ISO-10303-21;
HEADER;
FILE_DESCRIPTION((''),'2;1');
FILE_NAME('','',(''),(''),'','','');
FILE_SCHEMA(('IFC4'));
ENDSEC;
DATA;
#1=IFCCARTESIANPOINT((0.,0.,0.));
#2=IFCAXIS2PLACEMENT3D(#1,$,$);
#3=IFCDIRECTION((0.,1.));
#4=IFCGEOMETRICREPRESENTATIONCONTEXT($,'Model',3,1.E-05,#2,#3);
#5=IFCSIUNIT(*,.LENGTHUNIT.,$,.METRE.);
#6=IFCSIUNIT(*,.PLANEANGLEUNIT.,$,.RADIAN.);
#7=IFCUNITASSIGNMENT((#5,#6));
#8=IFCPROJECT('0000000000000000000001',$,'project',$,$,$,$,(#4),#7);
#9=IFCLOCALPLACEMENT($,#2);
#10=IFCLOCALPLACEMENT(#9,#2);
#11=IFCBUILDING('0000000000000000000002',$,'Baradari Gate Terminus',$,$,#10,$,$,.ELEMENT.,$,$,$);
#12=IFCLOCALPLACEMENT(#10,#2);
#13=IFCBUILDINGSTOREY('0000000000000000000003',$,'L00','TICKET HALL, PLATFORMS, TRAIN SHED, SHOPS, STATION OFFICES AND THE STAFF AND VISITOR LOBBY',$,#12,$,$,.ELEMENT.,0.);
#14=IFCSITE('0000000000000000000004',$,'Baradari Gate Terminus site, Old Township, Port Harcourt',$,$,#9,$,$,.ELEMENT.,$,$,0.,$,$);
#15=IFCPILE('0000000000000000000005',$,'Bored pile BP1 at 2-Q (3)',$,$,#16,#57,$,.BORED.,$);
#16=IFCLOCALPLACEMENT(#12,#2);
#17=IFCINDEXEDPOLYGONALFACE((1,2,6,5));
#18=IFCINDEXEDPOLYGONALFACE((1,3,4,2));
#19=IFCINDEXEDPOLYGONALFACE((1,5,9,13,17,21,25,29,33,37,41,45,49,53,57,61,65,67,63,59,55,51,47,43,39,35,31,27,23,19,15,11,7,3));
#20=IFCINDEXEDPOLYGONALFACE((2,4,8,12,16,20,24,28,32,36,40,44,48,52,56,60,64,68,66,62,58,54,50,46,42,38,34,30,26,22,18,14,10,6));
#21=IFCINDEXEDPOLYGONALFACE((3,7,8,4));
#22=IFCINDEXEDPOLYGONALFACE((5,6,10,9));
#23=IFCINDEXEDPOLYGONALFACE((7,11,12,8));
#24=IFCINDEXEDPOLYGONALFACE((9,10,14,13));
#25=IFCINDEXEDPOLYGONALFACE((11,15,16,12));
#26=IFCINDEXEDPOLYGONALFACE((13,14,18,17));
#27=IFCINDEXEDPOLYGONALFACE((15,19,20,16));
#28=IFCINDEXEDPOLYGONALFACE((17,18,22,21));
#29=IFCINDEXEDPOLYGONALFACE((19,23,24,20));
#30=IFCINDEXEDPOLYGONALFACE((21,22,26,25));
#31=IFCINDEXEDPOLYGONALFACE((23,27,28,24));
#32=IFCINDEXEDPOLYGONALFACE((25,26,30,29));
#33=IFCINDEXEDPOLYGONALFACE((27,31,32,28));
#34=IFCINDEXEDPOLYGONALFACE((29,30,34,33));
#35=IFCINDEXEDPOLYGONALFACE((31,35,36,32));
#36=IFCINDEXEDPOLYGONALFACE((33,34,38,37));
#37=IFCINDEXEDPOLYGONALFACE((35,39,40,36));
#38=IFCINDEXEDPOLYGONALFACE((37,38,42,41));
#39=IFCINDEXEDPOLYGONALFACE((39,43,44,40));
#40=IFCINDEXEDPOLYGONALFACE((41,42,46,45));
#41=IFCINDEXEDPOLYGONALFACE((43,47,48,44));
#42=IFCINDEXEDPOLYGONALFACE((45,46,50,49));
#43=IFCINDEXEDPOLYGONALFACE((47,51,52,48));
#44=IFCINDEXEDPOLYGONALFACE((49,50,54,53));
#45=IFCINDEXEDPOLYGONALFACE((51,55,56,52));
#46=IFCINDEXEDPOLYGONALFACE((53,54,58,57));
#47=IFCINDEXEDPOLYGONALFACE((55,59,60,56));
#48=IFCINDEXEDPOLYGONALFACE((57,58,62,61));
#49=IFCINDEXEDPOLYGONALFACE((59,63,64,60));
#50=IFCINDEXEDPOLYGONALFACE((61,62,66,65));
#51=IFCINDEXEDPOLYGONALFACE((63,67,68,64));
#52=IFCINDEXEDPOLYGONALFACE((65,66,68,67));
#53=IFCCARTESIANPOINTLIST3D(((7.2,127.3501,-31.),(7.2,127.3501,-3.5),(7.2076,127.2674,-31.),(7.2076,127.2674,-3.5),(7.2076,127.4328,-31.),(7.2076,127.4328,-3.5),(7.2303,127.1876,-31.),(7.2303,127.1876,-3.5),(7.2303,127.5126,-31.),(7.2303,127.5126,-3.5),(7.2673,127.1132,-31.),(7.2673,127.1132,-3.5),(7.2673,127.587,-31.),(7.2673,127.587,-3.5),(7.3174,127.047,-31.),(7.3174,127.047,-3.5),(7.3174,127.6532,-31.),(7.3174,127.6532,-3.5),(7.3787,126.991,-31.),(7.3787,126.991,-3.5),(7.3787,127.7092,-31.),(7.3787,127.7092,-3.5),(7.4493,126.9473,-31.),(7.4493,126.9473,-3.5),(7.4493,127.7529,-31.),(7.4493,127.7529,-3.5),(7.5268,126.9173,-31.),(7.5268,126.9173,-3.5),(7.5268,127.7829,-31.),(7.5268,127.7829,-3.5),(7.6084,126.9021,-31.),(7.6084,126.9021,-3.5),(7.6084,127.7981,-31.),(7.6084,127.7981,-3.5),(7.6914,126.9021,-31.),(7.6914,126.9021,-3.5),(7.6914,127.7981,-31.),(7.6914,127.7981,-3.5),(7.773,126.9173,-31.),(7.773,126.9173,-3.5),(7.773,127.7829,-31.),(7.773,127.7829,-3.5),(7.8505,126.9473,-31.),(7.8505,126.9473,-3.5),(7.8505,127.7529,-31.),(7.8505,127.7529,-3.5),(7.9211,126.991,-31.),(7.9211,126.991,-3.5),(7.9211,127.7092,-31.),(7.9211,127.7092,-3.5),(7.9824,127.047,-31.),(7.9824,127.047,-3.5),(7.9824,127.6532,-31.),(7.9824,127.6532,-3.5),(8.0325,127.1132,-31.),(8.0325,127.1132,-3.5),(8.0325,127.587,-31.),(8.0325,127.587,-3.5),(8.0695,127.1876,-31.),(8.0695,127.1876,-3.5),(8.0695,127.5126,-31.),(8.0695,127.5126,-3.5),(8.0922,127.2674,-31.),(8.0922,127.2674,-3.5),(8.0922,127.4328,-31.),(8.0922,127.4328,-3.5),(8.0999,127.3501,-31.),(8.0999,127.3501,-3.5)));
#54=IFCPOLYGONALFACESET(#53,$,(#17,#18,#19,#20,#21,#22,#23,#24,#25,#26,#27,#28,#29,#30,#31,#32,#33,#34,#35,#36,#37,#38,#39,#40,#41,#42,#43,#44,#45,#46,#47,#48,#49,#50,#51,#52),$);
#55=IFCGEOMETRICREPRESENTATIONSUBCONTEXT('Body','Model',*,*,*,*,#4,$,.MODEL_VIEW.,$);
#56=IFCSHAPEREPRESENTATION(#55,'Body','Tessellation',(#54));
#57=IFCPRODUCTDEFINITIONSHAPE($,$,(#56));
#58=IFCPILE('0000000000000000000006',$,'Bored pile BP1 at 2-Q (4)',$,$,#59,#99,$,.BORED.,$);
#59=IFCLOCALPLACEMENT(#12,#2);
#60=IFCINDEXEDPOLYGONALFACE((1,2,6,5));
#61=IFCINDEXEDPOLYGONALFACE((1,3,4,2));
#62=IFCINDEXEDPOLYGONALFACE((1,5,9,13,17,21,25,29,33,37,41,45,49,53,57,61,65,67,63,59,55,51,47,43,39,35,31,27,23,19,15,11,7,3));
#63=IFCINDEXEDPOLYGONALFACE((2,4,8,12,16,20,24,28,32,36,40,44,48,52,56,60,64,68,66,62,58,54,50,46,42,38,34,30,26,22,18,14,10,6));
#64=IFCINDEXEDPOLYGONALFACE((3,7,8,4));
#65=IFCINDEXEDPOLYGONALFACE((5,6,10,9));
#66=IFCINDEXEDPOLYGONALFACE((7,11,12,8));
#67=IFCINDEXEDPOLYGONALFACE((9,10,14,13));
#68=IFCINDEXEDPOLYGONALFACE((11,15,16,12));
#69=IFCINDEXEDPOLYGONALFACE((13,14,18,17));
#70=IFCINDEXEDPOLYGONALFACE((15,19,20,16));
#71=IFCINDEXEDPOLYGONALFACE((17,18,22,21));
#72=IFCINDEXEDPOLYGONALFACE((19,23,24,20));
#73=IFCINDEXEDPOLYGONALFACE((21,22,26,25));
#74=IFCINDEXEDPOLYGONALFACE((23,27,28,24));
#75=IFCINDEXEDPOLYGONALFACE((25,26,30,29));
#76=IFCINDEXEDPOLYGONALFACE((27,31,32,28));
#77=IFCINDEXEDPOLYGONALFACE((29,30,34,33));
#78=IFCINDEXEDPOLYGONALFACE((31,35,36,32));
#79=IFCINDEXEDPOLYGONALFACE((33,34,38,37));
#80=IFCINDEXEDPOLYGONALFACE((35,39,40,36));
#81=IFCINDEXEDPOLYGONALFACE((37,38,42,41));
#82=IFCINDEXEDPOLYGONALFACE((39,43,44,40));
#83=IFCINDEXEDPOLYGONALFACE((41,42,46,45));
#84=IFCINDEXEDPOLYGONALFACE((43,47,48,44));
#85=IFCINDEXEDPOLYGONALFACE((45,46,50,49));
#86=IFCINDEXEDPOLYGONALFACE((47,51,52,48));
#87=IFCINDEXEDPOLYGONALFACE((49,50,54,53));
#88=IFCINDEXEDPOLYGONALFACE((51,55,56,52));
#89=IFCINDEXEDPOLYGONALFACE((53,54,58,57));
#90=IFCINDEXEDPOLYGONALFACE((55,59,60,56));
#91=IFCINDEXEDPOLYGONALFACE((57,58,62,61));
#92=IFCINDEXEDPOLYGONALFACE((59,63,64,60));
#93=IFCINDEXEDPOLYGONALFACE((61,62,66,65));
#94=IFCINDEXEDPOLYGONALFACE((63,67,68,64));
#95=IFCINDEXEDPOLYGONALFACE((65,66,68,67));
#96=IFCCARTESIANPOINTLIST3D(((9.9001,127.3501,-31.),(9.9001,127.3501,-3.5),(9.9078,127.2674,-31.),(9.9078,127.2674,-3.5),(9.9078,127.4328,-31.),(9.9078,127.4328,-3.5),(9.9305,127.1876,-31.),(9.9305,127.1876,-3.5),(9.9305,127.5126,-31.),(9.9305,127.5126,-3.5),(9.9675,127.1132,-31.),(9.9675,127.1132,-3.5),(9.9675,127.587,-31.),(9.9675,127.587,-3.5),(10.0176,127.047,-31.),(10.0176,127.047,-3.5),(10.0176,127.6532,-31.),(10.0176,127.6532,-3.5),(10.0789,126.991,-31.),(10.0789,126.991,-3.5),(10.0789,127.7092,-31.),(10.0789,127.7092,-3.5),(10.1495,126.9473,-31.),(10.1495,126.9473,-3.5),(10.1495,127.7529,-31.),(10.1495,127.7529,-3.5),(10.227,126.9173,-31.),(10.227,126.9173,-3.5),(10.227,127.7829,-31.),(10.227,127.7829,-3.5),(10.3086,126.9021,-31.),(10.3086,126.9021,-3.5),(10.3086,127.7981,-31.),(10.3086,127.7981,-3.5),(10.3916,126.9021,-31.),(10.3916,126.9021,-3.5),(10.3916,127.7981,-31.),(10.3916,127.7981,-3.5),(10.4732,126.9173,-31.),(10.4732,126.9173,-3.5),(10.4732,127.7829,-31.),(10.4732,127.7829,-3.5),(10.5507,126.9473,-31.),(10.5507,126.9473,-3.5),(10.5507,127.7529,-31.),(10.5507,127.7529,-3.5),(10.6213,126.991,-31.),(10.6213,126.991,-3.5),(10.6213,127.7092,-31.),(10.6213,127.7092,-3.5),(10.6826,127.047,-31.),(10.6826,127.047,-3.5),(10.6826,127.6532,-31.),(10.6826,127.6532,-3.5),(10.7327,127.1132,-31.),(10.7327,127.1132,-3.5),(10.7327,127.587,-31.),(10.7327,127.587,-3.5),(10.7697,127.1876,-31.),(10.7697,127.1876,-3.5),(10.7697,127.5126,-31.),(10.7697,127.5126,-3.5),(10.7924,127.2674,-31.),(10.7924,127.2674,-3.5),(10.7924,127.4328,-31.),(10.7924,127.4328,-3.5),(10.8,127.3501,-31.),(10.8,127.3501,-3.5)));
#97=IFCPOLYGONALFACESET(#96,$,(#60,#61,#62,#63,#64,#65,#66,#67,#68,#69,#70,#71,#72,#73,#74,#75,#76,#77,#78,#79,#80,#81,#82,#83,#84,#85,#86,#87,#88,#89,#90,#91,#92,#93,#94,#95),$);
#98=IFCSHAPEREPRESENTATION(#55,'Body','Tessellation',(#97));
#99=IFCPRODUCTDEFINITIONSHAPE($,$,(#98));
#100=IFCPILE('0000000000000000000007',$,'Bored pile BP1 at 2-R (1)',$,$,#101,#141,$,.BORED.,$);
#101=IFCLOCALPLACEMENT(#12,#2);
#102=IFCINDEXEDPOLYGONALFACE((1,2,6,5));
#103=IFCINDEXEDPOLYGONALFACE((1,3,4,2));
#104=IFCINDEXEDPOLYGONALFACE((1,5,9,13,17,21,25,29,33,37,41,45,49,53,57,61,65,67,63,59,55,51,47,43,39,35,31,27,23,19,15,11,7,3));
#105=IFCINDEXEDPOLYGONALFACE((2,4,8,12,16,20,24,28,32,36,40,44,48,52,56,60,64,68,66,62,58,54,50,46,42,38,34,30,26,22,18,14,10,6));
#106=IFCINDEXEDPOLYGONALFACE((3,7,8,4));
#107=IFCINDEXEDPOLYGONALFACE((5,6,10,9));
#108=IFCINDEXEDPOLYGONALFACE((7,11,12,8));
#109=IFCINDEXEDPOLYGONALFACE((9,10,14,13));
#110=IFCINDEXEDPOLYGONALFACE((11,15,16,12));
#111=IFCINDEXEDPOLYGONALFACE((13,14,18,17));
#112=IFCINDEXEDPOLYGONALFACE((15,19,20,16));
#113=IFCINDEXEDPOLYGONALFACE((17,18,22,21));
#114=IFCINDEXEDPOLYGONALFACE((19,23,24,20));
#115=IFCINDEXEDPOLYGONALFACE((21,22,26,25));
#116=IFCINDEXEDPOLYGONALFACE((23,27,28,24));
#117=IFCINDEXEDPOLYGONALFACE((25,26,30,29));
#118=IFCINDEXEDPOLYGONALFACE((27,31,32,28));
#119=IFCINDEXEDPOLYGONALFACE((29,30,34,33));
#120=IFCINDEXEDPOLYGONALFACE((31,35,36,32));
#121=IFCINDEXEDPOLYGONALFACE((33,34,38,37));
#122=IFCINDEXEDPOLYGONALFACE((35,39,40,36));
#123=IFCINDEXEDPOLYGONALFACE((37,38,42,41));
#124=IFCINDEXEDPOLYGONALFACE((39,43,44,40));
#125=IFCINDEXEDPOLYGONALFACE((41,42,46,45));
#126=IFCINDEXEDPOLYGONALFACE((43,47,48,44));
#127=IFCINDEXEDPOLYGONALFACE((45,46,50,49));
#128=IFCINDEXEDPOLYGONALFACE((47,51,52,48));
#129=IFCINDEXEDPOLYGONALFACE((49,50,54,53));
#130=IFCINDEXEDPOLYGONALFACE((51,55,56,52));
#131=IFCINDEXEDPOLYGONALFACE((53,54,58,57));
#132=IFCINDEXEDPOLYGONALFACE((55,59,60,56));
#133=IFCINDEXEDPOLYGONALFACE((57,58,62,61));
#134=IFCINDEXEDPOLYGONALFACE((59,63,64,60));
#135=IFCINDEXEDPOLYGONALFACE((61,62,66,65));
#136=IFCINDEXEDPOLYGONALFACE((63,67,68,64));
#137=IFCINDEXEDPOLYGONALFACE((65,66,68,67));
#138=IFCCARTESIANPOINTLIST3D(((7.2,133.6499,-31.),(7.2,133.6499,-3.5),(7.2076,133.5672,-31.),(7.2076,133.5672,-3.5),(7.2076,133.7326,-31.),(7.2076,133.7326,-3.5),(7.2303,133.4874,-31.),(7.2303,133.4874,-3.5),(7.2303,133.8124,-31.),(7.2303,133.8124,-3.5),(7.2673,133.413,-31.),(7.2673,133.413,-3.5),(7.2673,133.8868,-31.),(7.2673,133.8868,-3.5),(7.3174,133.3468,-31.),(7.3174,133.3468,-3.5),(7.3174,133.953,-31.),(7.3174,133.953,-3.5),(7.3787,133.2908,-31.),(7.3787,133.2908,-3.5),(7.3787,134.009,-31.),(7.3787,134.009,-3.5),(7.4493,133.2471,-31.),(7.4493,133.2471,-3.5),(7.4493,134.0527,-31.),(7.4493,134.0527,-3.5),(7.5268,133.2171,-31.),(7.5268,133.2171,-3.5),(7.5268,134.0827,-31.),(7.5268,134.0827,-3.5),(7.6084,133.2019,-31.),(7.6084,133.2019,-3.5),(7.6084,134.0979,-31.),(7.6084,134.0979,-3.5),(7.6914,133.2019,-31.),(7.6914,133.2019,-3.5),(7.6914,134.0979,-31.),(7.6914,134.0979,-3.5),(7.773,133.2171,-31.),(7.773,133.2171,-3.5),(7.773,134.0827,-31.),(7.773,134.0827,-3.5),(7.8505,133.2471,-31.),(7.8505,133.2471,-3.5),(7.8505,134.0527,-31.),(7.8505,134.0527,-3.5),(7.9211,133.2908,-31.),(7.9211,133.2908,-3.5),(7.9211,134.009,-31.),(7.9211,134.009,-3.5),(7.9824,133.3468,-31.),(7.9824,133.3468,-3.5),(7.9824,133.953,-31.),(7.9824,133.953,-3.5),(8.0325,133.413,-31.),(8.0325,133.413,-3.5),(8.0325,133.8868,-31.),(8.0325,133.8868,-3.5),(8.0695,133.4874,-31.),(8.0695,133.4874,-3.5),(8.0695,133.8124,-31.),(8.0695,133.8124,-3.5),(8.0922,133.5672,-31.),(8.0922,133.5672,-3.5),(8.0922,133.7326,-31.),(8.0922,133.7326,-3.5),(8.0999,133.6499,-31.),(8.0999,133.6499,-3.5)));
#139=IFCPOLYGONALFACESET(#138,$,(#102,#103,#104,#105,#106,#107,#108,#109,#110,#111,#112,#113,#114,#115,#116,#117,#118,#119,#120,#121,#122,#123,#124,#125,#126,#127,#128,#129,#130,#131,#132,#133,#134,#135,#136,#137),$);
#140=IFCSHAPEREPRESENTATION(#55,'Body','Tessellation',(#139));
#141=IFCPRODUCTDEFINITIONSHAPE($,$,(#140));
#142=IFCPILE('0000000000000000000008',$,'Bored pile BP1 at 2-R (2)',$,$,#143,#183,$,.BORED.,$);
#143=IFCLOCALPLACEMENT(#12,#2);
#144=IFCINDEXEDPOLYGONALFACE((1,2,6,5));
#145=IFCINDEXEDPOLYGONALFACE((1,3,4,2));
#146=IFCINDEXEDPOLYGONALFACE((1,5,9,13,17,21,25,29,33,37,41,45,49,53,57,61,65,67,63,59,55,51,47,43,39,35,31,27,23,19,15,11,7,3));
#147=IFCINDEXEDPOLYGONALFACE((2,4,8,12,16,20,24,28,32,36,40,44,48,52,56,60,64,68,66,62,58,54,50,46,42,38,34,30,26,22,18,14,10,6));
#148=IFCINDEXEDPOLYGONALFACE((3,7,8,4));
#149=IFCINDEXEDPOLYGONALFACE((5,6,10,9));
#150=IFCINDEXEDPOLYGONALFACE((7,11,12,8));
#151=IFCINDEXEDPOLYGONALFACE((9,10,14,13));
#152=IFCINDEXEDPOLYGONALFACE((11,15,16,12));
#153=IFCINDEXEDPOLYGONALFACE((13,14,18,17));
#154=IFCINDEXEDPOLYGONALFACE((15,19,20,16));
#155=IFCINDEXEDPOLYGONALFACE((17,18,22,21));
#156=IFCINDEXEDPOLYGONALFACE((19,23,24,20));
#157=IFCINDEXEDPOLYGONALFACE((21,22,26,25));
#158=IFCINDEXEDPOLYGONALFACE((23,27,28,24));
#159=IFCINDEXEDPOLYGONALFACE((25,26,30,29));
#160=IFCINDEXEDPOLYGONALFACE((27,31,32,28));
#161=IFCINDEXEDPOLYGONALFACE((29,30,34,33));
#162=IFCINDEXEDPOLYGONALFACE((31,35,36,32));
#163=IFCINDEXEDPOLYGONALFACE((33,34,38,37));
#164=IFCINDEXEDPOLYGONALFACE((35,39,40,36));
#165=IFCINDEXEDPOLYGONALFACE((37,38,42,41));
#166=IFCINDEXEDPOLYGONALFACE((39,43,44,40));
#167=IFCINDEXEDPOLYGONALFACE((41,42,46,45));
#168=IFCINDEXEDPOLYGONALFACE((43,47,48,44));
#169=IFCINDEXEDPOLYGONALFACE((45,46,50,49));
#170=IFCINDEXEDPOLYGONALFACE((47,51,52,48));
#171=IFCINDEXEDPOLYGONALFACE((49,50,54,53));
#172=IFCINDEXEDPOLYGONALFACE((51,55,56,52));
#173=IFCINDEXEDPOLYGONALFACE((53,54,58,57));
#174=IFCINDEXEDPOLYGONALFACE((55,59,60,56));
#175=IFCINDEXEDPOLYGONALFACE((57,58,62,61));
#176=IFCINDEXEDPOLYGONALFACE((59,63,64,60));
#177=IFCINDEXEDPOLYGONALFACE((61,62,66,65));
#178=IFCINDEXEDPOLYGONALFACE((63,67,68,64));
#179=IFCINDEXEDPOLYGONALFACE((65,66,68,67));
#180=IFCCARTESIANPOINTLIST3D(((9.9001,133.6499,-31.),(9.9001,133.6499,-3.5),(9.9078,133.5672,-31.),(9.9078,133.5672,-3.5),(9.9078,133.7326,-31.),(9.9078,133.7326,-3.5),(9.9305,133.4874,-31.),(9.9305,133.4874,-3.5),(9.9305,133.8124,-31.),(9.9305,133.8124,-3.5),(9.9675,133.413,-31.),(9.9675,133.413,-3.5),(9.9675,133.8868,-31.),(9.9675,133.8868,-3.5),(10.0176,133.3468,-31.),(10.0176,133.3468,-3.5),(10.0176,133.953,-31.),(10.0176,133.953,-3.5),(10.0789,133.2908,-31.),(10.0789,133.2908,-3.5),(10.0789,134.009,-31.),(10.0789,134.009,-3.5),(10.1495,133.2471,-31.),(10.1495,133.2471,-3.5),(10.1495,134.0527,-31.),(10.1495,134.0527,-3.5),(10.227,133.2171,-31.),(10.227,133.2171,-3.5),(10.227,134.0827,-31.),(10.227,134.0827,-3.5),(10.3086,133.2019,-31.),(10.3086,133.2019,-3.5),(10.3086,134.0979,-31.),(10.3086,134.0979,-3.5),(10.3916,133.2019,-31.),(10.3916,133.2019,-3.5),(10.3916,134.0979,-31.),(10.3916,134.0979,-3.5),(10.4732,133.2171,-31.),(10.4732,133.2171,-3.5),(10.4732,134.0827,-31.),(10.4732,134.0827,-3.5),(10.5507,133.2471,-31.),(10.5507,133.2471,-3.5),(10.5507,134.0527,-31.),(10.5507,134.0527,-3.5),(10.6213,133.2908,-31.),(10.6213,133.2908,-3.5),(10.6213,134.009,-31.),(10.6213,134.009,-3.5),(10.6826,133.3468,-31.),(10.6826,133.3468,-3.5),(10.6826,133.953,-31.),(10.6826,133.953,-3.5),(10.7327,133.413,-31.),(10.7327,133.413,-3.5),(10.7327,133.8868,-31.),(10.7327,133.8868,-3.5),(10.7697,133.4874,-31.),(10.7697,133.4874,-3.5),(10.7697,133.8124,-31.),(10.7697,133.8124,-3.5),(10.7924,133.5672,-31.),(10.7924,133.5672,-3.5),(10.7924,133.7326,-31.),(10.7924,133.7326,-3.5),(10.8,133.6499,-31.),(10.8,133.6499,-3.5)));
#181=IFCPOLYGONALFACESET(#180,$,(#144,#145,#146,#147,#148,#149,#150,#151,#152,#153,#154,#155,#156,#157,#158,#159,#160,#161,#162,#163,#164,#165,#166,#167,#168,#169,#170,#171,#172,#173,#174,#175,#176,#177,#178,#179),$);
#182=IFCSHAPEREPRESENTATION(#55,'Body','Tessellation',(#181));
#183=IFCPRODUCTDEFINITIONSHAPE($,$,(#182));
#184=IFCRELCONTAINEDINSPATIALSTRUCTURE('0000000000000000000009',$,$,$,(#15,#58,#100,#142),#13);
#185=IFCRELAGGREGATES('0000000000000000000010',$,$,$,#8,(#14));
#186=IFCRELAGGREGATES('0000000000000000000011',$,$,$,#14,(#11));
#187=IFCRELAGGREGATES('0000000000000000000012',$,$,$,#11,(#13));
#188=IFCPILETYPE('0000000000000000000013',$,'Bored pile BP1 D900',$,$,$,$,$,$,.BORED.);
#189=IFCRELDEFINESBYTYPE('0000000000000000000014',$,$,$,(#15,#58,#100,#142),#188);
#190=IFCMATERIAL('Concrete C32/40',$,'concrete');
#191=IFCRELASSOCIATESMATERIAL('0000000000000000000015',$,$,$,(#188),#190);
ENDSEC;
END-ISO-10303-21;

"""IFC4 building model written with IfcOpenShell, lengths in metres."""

from ifc_helpers import new_model, si_unit, direction, frame, origin, origin_2d, place, context, subcontext, project, spatial, circle, extrude, material, type_object, element, save


model = new_model("IFC4")

# Units and contexts
model_context = context("Model", 3, precision=1e-05, world=origin(), true_north=direction((0.0, 1.0)))
body_context = subcontext(model_context, "Body", "Model", "MODEL_VIEW")
ifc_project = project(units=[si_unit("LENGTHUNIT", "METRE"), si_unit("PLANEANGLEUNIT", "RADIAN")], contexts=[model_context])

# Site, building, storey
site_placement = place(None, origin())
site = spatial("IfcSite", under=ifc_project, at=site_placement, Name="Baradari Gate Terminus site, Old Township, Port Harcourt", CompositionType="ELEMENT", RefElevation=0.0)
building_placement = place(site_placement, origin())
building = spatial("IfcBuilding", under=site, at=building_placement, Name="Baradari Gate Terminus", CompositionType="ELEMENT")
storey_placement = place(building_placement, origin())
storey = spatial("IfcBuildingStorey", under=building, at=storey_placement, Name="L00", Description="TICKET HALL, PLATFORMS, TRAIN SHED, SHOPS, STATION OFFICES AND THE STAFF AND VISITOR LOBBY", CompositionType="ELEMENT", Elevation=0.0)

# Piles
ifc_material_1 = material(Name="Concrete C32/40", Category="concrete")
pile_type_1 = type_object("IfcPileType", Name="Bored pile BP1 D900", PredefinedType="BORED", material=ifc_material_1)
for number, where, z_axis, x_axis, name in (
    (1, (7.6499, 127.3501, -3.5), (0.0, 0.0, -1.0), (1.0, 0.0, 0.0), "Bored pile BP1 at 2-Q (3)"),
    (2, (10.3501, 127.3501, -3.5), (0.0, 0.0, -1.0), (1.0, 0.0, 0.0), "Bored pile BP1 at 2-Q (4)"),
    (3, (7.6499, 133.6499, -3.5), (0.0, 0.0, -1.0), (1.0, 0.0, 0.0), "Bored pile BP1 at 2-R (1)"),
    (4, (10.3501, 133.6499, -3.5), (0.0, 0.0, -1.0), (1.0, 0.0, 0.0), "Bored pile BP1 at 2-R (2)"),
):
    element("IfcPile", number, at=place(storey_placement, frame(where, z_axis=z_axis, x_axis=x_axis)), inside=storey, type_object=pile_type_1, Name=name, PredefinedType="BORED", context=body_context, shape_type="SweptSolid", body=[
        extrude(circle(Radius=0.45, at=origin_2d()), origin(), (0.0, 0.0, 1.0), 27.5),
    ])

save(model, "model.ifc")
